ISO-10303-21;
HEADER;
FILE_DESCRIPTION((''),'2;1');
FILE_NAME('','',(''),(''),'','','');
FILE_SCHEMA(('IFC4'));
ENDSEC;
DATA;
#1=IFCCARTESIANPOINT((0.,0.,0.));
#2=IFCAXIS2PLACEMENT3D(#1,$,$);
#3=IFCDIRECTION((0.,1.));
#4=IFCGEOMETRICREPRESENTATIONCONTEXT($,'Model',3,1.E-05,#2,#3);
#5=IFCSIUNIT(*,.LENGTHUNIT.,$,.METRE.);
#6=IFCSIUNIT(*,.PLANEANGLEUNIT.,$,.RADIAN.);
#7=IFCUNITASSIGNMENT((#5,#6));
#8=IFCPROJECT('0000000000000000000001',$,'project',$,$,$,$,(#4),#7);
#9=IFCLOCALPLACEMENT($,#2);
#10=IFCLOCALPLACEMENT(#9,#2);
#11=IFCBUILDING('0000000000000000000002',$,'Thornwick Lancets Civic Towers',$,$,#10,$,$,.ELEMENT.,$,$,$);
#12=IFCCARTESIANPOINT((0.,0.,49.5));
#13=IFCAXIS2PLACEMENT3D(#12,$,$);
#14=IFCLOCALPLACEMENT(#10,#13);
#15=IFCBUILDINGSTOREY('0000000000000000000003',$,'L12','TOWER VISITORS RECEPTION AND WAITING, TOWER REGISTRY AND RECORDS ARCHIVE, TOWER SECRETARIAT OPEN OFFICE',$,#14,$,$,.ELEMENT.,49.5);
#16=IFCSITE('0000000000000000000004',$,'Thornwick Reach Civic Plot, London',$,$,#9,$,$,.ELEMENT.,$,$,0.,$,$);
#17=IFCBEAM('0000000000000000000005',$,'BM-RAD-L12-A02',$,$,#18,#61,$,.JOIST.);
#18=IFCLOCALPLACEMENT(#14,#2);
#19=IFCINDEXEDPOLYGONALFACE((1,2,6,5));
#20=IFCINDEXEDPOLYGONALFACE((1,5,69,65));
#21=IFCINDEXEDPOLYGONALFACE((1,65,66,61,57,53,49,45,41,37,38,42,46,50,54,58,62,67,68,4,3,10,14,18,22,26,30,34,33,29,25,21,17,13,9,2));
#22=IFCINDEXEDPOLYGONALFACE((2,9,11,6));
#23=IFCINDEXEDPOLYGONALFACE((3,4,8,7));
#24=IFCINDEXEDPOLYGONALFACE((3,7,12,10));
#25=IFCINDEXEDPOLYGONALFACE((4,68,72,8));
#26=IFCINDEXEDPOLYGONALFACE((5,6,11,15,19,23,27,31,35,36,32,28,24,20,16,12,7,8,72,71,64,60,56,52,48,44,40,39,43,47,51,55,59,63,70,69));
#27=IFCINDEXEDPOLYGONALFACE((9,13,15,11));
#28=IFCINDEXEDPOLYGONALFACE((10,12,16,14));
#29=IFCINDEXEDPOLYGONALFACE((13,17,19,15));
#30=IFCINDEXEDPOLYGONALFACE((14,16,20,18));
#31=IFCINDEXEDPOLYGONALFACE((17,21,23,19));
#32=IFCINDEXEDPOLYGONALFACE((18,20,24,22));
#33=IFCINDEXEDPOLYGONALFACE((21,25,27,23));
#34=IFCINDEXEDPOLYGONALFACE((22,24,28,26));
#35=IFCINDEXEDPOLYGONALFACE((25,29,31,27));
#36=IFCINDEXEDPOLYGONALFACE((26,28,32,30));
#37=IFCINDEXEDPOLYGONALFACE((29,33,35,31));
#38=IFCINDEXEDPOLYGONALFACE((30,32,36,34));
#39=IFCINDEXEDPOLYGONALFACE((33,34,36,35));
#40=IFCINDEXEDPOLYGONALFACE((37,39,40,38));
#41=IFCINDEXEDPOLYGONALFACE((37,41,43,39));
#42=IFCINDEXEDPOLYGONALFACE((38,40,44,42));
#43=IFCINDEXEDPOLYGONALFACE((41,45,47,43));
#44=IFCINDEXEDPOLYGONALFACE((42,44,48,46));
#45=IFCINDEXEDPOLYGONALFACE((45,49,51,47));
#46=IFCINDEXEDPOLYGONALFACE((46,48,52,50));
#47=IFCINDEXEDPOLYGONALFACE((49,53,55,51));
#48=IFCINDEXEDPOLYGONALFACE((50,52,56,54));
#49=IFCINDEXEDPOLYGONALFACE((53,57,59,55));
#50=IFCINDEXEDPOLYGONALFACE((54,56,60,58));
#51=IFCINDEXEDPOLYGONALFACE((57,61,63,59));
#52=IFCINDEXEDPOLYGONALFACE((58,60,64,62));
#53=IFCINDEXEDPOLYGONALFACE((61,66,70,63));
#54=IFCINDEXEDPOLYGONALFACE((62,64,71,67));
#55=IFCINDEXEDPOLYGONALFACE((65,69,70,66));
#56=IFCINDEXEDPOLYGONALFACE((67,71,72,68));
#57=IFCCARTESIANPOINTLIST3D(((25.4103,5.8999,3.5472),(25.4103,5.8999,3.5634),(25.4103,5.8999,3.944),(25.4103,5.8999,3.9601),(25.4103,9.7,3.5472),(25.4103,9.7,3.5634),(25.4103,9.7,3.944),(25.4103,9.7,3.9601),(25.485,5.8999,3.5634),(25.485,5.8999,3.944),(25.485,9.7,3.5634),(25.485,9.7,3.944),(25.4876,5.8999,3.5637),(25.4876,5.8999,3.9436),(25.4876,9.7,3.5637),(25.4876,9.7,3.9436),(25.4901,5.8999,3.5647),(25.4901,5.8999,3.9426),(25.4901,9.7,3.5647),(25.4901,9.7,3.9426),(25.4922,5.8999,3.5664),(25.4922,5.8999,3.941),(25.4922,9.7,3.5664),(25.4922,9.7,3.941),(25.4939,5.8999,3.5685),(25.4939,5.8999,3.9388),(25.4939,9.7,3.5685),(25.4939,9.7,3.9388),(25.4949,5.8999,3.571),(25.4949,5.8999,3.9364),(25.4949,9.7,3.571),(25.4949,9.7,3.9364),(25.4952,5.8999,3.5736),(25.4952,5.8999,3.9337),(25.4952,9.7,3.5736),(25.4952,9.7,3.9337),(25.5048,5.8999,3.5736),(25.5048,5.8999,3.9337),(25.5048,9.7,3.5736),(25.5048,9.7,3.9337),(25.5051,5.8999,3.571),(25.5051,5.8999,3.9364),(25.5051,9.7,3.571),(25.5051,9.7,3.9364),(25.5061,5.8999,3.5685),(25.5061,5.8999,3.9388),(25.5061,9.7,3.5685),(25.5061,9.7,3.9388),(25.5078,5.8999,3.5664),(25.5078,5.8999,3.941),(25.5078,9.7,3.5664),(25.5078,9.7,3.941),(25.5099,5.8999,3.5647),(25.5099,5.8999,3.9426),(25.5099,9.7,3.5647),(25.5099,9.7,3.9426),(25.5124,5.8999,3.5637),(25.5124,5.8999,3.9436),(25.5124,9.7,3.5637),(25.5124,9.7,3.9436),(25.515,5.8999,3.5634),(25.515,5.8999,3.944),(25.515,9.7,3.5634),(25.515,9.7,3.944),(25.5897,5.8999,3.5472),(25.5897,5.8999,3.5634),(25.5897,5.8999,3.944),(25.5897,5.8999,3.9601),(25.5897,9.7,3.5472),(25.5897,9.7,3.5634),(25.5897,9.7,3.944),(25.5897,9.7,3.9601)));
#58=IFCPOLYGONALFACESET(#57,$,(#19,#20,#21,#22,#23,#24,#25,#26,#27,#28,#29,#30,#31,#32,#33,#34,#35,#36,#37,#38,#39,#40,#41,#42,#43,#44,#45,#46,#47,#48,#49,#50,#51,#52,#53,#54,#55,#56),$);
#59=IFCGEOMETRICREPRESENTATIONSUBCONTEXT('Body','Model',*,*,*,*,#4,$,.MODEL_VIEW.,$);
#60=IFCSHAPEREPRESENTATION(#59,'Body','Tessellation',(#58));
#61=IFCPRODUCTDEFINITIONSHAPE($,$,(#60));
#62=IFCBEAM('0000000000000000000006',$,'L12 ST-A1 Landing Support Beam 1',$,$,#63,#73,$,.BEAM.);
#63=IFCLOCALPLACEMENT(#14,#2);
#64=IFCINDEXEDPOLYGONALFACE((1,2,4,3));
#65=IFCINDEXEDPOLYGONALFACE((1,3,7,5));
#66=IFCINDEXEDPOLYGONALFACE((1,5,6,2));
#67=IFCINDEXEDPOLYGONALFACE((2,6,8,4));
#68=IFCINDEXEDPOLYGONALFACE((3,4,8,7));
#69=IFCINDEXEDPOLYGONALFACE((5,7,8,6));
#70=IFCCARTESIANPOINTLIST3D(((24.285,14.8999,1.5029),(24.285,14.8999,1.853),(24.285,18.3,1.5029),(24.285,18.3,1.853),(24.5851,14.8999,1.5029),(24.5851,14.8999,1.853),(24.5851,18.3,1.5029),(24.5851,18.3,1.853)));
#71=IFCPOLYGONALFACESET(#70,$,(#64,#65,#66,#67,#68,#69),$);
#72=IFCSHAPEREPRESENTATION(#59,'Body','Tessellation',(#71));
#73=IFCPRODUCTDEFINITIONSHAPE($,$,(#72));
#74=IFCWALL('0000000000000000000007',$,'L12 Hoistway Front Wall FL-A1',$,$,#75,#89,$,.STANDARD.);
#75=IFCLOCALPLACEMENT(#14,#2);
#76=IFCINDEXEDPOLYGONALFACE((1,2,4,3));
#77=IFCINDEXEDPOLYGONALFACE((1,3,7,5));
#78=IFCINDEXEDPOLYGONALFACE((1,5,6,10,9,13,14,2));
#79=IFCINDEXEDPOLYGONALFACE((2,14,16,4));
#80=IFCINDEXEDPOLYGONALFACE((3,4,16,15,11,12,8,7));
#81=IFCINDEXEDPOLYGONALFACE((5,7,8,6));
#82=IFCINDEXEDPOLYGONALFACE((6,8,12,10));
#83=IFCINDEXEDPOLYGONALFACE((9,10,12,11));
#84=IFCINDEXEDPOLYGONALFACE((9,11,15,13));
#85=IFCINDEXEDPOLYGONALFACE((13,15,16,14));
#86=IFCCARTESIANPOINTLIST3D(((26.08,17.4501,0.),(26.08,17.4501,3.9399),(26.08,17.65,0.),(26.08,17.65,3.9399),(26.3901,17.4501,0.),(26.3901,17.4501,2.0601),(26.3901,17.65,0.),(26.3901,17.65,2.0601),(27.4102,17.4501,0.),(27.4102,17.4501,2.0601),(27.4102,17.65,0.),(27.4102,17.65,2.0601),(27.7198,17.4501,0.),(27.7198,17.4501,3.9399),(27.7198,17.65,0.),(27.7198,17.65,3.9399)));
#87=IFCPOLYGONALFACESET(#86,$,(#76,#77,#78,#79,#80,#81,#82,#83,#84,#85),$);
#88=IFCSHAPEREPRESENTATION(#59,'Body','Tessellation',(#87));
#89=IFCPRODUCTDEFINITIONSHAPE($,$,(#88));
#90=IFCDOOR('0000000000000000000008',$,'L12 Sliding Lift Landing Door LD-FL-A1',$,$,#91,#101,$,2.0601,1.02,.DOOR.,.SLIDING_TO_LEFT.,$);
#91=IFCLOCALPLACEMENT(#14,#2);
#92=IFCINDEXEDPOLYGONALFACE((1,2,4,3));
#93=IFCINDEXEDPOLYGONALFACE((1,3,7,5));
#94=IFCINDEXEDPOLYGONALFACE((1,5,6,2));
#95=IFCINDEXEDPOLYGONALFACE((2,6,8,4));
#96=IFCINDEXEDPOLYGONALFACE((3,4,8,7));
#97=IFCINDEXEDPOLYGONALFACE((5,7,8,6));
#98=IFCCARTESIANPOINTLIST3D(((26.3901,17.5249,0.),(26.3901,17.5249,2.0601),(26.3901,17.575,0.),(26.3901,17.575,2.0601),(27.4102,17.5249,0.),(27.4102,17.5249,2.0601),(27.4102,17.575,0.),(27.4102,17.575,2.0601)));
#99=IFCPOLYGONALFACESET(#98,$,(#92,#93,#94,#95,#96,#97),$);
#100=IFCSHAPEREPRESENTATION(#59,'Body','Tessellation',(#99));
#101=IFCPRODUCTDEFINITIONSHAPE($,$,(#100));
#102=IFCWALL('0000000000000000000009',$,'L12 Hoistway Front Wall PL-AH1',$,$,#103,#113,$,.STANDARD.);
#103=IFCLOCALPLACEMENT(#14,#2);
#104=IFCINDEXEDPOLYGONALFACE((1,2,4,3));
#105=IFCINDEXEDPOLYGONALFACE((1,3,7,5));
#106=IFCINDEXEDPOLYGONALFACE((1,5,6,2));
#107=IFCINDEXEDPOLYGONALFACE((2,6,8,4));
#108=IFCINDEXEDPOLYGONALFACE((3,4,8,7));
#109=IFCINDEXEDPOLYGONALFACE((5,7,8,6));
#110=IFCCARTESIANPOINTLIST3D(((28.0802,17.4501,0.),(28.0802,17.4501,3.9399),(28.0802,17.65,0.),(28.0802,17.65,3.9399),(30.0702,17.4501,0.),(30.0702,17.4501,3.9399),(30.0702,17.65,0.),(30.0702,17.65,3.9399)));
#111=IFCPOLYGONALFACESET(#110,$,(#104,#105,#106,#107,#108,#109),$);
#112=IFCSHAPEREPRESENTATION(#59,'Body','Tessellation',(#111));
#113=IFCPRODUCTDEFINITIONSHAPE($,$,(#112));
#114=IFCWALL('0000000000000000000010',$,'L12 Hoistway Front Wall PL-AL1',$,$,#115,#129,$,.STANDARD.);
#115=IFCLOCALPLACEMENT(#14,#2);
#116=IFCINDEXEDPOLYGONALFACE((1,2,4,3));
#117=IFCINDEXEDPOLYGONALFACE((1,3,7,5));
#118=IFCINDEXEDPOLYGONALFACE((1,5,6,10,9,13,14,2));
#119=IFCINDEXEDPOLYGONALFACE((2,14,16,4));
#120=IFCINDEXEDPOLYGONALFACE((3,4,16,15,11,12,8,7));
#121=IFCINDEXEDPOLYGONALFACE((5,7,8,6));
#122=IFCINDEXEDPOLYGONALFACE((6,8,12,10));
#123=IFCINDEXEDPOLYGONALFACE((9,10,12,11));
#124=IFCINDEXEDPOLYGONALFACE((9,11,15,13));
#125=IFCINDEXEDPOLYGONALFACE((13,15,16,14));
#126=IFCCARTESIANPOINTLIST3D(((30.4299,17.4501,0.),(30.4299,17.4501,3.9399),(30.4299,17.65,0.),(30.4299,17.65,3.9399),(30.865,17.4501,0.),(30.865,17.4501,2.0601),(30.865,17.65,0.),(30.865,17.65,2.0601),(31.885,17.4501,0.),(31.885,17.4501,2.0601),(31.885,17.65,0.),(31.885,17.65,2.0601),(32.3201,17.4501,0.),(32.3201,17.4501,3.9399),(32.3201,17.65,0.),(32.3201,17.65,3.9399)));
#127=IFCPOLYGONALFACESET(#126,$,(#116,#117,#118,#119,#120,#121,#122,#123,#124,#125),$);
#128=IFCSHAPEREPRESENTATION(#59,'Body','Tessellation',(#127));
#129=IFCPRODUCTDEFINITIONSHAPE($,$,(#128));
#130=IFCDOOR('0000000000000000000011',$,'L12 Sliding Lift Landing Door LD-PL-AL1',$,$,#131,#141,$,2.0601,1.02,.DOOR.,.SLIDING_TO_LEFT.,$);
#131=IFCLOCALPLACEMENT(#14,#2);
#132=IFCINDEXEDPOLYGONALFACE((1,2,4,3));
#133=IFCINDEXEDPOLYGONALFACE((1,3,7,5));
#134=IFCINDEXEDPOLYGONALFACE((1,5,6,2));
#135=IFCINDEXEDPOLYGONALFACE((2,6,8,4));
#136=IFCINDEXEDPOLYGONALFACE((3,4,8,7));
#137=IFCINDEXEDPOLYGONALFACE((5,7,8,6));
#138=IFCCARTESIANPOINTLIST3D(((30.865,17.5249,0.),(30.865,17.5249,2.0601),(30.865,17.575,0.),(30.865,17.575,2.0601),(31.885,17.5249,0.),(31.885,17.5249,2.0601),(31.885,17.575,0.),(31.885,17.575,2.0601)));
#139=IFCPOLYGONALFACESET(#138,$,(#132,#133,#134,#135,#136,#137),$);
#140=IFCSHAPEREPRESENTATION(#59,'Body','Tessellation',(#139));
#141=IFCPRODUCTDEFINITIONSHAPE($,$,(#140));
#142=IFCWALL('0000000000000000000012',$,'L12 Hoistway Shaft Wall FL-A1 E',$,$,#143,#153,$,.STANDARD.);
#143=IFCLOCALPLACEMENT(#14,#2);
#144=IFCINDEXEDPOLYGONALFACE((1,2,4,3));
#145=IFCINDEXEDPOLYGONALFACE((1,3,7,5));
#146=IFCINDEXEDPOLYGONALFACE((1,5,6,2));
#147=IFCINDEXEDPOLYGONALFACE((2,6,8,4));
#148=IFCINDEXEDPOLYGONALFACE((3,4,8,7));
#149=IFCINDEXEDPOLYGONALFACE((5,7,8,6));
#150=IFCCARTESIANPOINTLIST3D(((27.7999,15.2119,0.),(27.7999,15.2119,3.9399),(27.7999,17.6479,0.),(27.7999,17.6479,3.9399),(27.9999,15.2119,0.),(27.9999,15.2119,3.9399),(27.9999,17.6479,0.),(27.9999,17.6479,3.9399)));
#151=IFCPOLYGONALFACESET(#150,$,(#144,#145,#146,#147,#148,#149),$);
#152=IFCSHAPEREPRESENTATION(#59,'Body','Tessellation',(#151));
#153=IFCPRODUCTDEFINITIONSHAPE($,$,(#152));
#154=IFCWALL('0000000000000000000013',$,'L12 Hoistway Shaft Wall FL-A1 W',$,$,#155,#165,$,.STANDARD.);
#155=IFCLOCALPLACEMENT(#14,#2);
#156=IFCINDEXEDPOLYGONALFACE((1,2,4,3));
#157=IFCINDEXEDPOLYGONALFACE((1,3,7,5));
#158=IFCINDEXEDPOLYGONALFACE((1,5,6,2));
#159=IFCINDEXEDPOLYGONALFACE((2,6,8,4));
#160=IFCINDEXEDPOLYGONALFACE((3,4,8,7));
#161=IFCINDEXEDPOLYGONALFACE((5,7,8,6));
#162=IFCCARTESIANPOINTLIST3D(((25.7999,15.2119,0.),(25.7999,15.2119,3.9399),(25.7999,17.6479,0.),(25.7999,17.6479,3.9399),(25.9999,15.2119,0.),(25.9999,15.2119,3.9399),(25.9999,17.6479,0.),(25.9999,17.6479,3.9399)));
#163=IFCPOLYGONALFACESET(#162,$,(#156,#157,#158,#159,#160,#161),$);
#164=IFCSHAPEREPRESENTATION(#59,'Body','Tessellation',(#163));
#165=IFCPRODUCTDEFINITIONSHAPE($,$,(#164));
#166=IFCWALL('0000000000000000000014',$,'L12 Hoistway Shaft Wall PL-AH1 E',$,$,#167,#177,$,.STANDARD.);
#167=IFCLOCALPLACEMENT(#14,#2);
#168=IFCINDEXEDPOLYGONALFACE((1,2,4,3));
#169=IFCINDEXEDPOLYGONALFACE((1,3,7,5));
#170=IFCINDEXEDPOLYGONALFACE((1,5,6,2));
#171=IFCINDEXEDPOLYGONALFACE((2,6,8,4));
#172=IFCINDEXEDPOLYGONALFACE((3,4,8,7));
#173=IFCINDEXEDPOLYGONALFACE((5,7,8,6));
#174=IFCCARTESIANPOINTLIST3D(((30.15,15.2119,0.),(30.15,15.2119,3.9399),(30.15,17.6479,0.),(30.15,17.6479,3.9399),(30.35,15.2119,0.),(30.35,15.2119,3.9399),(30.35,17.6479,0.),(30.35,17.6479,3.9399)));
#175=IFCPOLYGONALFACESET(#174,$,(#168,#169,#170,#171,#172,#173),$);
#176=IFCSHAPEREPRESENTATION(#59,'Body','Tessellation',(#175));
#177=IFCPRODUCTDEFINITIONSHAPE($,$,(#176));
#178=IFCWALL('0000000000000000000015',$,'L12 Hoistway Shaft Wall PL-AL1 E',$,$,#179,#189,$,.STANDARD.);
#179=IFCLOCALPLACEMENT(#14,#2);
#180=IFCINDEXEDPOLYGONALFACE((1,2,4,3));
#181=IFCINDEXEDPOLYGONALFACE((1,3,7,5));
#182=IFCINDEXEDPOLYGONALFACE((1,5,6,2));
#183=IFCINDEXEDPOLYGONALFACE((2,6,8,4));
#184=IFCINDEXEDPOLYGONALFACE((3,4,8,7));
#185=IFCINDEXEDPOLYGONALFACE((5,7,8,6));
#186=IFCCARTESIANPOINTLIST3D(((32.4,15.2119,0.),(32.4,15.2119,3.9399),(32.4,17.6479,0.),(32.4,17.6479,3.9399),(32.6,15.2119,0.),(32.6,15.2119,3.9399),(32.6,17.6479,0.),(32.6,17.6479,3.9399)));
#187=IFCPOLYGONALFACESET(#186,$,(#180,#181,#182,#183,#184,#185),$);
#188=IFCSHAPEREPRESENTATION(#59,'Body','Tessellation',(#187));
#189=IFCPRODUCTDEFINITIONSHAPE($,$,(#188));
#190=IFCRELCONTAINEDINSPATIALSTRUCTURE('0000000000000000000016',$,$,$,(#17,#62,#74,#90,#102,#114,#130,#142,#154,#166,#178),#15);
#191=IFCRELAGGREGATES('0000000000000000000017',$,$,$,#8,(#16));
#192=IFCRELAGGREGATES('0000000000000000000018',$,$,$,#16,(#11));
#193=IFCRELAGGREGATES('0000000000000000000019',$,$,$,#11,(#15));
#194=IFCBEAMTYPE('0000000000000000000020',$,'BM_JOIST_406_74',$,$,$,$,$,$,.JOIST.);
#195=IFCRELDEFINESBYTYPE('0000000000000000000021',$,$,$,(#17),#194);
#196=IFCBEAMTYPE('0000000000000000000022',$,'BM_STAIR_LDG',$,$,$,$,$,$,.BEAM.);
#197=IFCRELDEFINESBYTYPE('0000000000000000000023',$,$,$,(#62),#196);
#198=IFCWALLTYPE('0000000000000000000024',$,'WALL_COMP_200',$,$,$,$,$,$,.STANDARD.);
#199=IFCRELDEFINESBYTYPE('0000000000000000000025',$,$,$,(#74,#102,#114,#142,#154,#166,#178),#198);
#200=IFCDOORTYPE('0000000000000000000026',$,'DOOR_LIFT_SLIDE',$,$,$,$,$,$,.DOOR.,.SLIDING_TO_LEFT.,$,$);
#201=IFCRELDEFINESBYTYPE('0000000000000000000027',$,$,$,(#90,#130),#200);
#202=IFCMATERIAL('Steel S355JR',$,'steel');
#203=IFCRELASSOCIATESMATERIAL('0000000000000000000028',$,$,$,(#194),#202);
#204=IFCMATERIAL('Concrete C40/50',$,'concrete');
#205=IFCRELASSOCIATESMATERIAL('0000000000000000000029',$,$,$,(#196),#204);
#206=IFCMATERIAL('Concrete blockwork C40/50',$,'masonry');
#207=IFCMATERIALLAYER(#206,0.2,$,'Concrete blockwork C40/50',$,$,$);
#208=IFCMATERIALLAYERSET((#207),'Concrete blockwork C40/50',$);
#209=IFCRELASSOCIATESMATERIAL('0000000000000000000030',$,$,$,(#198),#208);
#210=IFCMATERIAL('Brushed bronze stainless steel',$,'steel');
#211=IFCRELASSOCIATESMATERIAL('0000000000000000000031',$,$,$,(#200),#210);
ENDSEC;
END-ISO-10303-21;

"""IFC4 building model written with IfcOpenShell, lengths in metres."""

from ifc_helpers import new_model, si_unit, direction, frame, frame_2d, origin, origin_2d, place, context, subcontext, project, spatial, rectangle, i_section, extrude, material, layer, layer_set, material_profile, profile_set, type_object, element, fill, save


model = new_model("IFC4")

# Units and contexts
model_context = context("Model", 3, precision=1e-05, world=origin(), true_north=direction((0.0, 1.0)))
body_context = subcontext(model_context, "Body", "Model", "MODEL_VIEW")
ifc_project = project(units=[si_unit("LENGTHUNIT", "METRE"), si_unit("PLANEANGLEUNIT", "RADIAN")], contexts=[model_context])

# Site, building, storey
site_placement = place(None, origin())
site = spatial("IfcSite", under=ifc_project, at=site_placement, Name="Thornwick Reach Civic Plot, London", CompositionType="ELEMENT", RefElevation=0.0)
building_placement = place(site_placement, origin())
building = spatial("IfcBuilding", under=site, at=building_placement, Name="Thornwick Lancets Civic Towers", CompositionType="ELEMENT")
storey_placement = place(building_placement, frame((0.0, 0.0, 49.5)))
storey = spatial("IfcBuildingStorey", under=building, at=storey_placement, Name="L12", Description="TOWER VISITORS RECEPTION AND WAITING, TOWER REGISTRY AND RECORDS ARCHIVE, TOWER SECRETARIAT OPEN OFFICE", CompositionType="ELEMENT", Elevation=49.5)

# Beams
ifc_material_1 = material(Name="Steel S355JR", Category="steel")
ifc_material_profile_1 = material_profile(ifc_material_1, i_section(OverallWidth=0.1794, OverallDepth=0.4128, WebThickness=0.0095, FlangeThickness=0.0161, FilletRadius=0.0103, at=origin_2d()), Name="UKB 406x178x74")
ifc_profile_set_1 = profile_set([ifc_material_profile_1], Name="Steel S355JR")
beam_type_1 = type_object("IfcBeamType", Name="BM_JOIST_406_74", PredefinedType="JOIST", material=ifc_profile_set_1)
beam_1_placement = place(storey_placement, frame((25.5, 9.7, 3.7537), z_axis=(0.0, -1.0, 0.0), x_axis=(1.0, 0.0, 0.0)))
element("IfcBeam", 1, at=beam_1_placement, inside=storey, type_object=beam_type_1, Name="BM-RAD-L12-A02", PredefinedType="JOIST", context=body_context, shape_type="SweptSolid", body=[
    extrude(i_section(OverallWidth=0.1794, OverallDepth=0.4128, WebThickness=0.0095, FlangeThickness=0.0161, FilletRadius=0.0103, at=origin_2d()), origin(), (0.0, 0.0, 1.0), 3.8),
])
ifc_material_2 = material(Name="Concrete C40/50", Category="concrete")
ifc_material_profile_2 = material_profile(ifc_material_2, rectangle(XDim=0.3, YDim=0.3501, at=origin_2d()), Name="RC 300x350")
ifc_profile_set_2 = profile_set([ifc_material_profile_2], Name="Concrete C40/50")
beam_type_2 = type_object("IfcBeamType", Name="BM_STAIR_LDG", PredefinedType="BEAM", material=ifc_profile_set_2)
beam_2_placement = place(storey_placement, frame((24.4351, 14.8999, 1.678), z_axis=(0.0, 1.0, 0.0), x_axis=(-1.0, 0.0, 0.0)))
element("IfcBeam", 2, at=beam_2_placement, inside=storey, type_object=beam_type_2, Name="L12 ST-A1 Landing Support Beam 1", PredefinedType="BEAM", context=body_context, shape_type="SweptSolid", body=[
    extrude(rectangle(XDim=0.3, YDim=0.3501, at=origin_2d()), origin(), (0.0, 0.0, 1.0), 3.4001),
])

# Wall, opening, door
ifc_material_3 = material(Name="Concrete blockwork C40/50", Category="masonry")
ifc_layer_1 = layer(ifc_material_3, 0.2, Name="Concrete blockwork C40/50")
ifc_layer_set_1 = layer_set([ifc_layer_1], Name="Concrete blockwork C40/50")
wall_type_1 = type_object("IfcWallType", Name="WALL_COMP_200", PredefinedType="STANDARD", material=ifc_layer_set_1)
wall_1_placement = place(storey_placement, frame((26.0801, 17.55, 0.0), z_axis=(0.0, 0.0, 1.0), x_axis=(1.0, 0.0, 0.0)))
wall_1 = element("IfcWall", 3, at=wall_1_placement, inside=storey, type_object=wall_type_1, Name="L12 Hoistway Front Wall FL-A1", PredefinedType="STANDARD", context=body_context, shape_type="SweptSolid", body=[
    extrude(rectangle(XDim=1.6399, YDim=0.2, at=frame_2d((0.8198, 0.0))), origin(), (0.0, 0.0, 1.0), 3.9399),
])
opening_1_placement = place(wall_1_placement, frame((0.3101, 0.0, 0.0)))
opening_1 = element("IfcOpeningElement", 4, at=opening_1_placement, cuts=wall_1, PredefinedType="OPENING", context=body_context, shape_type="SweptSolid", body=[
    extrude(rectangle(XDim=1.02, YDim=2.0601, at=frame_2d((0.51, 1.03))), frame((0.0, 0.1099, 0.0), z_axis=(0.0, -1.0, 0.0), x_axis=(1.0, 0.0, 0.0)), (0.0, 0.0, 1.0), 0.22),
])
ifc_material_4 = material(Name="Brushed bronze stainless steel", Category="steel")
door_type_1 = type_object("IfcDoorType", Name="DOOR_LIFT_SLIDE", OperationType="SLIDING_TO_LEFT", PredefinedType="DOOR", material=ifc_material_4)
door_1_placement = place(opening_1_placement, origin())
door_1 = element("IfcDoor", 5, at=door_1_placement, inside=storey, type_object=door_type_1, Name="L12 Sliding Lift Landing Door LD-FL-A1", OperationType="SLIDING_TO_LEFT", OverallHeight=2.0601, OverallWidth=1.02, PredefinedType="DOOR", context=body_context, shape_type="SweptSolid", body=[
    extrude(rectangle(XDim=1.02, YDim=2.0601, at=frame_2d((0.51, 1.03))), frame((0.0, 0.0249, 0.0), z_axis=(0.0, -1.0, 0.0), x_axis=(1.0, 0.0, 0.0)), (0.0, 0.0, 1.0), 0.05),
])
fill(opening_1, door_1)

# Wall
wall_2_placement = place(storey_placement, frame((28.0801, 17.55, 0.0), z_axis=(0.0, 0.0, 1.0), x_axis=(1.0, 0.0, 0.0)))
element("IfcWall", 6, at=wall_2_placement, inside=storey, type_object=wall_type_1, Name="L12 Hoistway Front Wall PL-AH1", PredefinedType="STANDARD", context=body_context, shape_type="SweptSolid", body=[
    extrude(rectangle(XDim=1.99, YDim=0.2, at=frame_2d((0.9951, 0.0))), origin(), (0.0, 0.0, 1.0), 3.9399),
])

# Wall, opening, door
wall_3_placement = place(storey_placement, frame((30.4299, 17.55, 0.0), z_axis=(0.0, 0.0, 1.0), x_axis=(1.0, 0.0, 0.0)))
wall_3 = element("IfcWall", 7, at=wall_3_placement, inside=storey, type_object=wall_type_1, Name="L12 Hoistway Front Wall PL-AL1", PredefinedType="STANDARD", context=body_context, shape_type="SweptSolid", body=[
    extrude(rectangle(XDim=1.8901, YDim=0.2, at=frame_2d((0.9451, 0.0))), origin(), (0.0, 0.0, 1.0), 3.9399),
])
opening_2_placement = place(wall_3_placement, frame((0.4351, 0.0, 0.0)))
opening_2 = element("IfcOpeningElement", 8, at=opening_2_placement, cuts=wall_3, PredefinedType="OPENING", context=body_context, shape_type="SweptSolid", body=[
    extrude(rectangle(XDim=1.02, YDim=2.0601, at=frame_2d((0.51, 1.03))), frame((0.0, 0.1099, 0.0), z_axis=(0.0, -1.0, 0.0), x_axis=(1.0, 0.0, 0.0)), (0.0, 0.0, 1.0), 0.22),
])
door_2_placement = place(opening_2_placement, origin())
door_2 = element("IfcDoor", 9, at=door_2_placement, inside=storey, type_object=door_type_1, Name="L12 Sliding Lift Landing Door LD-PL-AL1", OperationType="SLIDING_TO_LEFT", OverallHeight=2.0601, OverallWidth=1.02, PredefinedType="DOOR", context=body_context, shape_type="SweptSolid", body=[
    extrude(rectangle(XDim=1.02, YDim=2.0601, at=frame_2d((0.51, 1.03))), frame((0.0, 0.0249, 0.0), z_axis=(0.0, -1.0, 0.0), x_axis=(1.0, 0.0, 0.0)), (0.0, 0.0, 1.0), 0.05),
])
fill(opening_2, door_2)

# Walls
for number, where, z_axis, x_axis, name in (
    (10, (27.8999, 15.2119, 0.0), (0.0, 0.0, 1.0), (0.0, 1.0, 0.0), "L12 Hoistway Shaft Wall FL-A1 E"),
    (11, (25.8999, 15.2119, 0.0), (0.0, 0.0, 1.0), (0.0, 1.0, 0.0), "L12 Hoistway Shaft Wall FL-A1 W"),
    (12, (30.25, 15.2119, 0.0), (0.0, 0.0, 1.0), (0.0, 1.0, 0.0), "L12 Hoistway Shaft Wall PL-AH1 E"),
    (13, (32.5, 15.2119, 0.0), (0.0, 0.0, 1.0), (0.0, 1.0, 0.0), "L12 Hoistway Shaft Wall PL-AL1 E"),
):
    element("IfcWall", number, at=place(storey_placement, frame(where, z_axis=z_axis, x_axis=x_axis)), inside=storey, type_object=wall_type_1, Name=name, PredefinedType="STANDARD", context=body_context, shape_type="SweptSolid", body=[
        extrude(rectangle(XDim=2.436, YDim=0.2, at=frame_2d((1.218, 0.0))), origin(), (0.0, 0.0, 1.0), 3.9399),
    ])

save(model, "model.ifc")
